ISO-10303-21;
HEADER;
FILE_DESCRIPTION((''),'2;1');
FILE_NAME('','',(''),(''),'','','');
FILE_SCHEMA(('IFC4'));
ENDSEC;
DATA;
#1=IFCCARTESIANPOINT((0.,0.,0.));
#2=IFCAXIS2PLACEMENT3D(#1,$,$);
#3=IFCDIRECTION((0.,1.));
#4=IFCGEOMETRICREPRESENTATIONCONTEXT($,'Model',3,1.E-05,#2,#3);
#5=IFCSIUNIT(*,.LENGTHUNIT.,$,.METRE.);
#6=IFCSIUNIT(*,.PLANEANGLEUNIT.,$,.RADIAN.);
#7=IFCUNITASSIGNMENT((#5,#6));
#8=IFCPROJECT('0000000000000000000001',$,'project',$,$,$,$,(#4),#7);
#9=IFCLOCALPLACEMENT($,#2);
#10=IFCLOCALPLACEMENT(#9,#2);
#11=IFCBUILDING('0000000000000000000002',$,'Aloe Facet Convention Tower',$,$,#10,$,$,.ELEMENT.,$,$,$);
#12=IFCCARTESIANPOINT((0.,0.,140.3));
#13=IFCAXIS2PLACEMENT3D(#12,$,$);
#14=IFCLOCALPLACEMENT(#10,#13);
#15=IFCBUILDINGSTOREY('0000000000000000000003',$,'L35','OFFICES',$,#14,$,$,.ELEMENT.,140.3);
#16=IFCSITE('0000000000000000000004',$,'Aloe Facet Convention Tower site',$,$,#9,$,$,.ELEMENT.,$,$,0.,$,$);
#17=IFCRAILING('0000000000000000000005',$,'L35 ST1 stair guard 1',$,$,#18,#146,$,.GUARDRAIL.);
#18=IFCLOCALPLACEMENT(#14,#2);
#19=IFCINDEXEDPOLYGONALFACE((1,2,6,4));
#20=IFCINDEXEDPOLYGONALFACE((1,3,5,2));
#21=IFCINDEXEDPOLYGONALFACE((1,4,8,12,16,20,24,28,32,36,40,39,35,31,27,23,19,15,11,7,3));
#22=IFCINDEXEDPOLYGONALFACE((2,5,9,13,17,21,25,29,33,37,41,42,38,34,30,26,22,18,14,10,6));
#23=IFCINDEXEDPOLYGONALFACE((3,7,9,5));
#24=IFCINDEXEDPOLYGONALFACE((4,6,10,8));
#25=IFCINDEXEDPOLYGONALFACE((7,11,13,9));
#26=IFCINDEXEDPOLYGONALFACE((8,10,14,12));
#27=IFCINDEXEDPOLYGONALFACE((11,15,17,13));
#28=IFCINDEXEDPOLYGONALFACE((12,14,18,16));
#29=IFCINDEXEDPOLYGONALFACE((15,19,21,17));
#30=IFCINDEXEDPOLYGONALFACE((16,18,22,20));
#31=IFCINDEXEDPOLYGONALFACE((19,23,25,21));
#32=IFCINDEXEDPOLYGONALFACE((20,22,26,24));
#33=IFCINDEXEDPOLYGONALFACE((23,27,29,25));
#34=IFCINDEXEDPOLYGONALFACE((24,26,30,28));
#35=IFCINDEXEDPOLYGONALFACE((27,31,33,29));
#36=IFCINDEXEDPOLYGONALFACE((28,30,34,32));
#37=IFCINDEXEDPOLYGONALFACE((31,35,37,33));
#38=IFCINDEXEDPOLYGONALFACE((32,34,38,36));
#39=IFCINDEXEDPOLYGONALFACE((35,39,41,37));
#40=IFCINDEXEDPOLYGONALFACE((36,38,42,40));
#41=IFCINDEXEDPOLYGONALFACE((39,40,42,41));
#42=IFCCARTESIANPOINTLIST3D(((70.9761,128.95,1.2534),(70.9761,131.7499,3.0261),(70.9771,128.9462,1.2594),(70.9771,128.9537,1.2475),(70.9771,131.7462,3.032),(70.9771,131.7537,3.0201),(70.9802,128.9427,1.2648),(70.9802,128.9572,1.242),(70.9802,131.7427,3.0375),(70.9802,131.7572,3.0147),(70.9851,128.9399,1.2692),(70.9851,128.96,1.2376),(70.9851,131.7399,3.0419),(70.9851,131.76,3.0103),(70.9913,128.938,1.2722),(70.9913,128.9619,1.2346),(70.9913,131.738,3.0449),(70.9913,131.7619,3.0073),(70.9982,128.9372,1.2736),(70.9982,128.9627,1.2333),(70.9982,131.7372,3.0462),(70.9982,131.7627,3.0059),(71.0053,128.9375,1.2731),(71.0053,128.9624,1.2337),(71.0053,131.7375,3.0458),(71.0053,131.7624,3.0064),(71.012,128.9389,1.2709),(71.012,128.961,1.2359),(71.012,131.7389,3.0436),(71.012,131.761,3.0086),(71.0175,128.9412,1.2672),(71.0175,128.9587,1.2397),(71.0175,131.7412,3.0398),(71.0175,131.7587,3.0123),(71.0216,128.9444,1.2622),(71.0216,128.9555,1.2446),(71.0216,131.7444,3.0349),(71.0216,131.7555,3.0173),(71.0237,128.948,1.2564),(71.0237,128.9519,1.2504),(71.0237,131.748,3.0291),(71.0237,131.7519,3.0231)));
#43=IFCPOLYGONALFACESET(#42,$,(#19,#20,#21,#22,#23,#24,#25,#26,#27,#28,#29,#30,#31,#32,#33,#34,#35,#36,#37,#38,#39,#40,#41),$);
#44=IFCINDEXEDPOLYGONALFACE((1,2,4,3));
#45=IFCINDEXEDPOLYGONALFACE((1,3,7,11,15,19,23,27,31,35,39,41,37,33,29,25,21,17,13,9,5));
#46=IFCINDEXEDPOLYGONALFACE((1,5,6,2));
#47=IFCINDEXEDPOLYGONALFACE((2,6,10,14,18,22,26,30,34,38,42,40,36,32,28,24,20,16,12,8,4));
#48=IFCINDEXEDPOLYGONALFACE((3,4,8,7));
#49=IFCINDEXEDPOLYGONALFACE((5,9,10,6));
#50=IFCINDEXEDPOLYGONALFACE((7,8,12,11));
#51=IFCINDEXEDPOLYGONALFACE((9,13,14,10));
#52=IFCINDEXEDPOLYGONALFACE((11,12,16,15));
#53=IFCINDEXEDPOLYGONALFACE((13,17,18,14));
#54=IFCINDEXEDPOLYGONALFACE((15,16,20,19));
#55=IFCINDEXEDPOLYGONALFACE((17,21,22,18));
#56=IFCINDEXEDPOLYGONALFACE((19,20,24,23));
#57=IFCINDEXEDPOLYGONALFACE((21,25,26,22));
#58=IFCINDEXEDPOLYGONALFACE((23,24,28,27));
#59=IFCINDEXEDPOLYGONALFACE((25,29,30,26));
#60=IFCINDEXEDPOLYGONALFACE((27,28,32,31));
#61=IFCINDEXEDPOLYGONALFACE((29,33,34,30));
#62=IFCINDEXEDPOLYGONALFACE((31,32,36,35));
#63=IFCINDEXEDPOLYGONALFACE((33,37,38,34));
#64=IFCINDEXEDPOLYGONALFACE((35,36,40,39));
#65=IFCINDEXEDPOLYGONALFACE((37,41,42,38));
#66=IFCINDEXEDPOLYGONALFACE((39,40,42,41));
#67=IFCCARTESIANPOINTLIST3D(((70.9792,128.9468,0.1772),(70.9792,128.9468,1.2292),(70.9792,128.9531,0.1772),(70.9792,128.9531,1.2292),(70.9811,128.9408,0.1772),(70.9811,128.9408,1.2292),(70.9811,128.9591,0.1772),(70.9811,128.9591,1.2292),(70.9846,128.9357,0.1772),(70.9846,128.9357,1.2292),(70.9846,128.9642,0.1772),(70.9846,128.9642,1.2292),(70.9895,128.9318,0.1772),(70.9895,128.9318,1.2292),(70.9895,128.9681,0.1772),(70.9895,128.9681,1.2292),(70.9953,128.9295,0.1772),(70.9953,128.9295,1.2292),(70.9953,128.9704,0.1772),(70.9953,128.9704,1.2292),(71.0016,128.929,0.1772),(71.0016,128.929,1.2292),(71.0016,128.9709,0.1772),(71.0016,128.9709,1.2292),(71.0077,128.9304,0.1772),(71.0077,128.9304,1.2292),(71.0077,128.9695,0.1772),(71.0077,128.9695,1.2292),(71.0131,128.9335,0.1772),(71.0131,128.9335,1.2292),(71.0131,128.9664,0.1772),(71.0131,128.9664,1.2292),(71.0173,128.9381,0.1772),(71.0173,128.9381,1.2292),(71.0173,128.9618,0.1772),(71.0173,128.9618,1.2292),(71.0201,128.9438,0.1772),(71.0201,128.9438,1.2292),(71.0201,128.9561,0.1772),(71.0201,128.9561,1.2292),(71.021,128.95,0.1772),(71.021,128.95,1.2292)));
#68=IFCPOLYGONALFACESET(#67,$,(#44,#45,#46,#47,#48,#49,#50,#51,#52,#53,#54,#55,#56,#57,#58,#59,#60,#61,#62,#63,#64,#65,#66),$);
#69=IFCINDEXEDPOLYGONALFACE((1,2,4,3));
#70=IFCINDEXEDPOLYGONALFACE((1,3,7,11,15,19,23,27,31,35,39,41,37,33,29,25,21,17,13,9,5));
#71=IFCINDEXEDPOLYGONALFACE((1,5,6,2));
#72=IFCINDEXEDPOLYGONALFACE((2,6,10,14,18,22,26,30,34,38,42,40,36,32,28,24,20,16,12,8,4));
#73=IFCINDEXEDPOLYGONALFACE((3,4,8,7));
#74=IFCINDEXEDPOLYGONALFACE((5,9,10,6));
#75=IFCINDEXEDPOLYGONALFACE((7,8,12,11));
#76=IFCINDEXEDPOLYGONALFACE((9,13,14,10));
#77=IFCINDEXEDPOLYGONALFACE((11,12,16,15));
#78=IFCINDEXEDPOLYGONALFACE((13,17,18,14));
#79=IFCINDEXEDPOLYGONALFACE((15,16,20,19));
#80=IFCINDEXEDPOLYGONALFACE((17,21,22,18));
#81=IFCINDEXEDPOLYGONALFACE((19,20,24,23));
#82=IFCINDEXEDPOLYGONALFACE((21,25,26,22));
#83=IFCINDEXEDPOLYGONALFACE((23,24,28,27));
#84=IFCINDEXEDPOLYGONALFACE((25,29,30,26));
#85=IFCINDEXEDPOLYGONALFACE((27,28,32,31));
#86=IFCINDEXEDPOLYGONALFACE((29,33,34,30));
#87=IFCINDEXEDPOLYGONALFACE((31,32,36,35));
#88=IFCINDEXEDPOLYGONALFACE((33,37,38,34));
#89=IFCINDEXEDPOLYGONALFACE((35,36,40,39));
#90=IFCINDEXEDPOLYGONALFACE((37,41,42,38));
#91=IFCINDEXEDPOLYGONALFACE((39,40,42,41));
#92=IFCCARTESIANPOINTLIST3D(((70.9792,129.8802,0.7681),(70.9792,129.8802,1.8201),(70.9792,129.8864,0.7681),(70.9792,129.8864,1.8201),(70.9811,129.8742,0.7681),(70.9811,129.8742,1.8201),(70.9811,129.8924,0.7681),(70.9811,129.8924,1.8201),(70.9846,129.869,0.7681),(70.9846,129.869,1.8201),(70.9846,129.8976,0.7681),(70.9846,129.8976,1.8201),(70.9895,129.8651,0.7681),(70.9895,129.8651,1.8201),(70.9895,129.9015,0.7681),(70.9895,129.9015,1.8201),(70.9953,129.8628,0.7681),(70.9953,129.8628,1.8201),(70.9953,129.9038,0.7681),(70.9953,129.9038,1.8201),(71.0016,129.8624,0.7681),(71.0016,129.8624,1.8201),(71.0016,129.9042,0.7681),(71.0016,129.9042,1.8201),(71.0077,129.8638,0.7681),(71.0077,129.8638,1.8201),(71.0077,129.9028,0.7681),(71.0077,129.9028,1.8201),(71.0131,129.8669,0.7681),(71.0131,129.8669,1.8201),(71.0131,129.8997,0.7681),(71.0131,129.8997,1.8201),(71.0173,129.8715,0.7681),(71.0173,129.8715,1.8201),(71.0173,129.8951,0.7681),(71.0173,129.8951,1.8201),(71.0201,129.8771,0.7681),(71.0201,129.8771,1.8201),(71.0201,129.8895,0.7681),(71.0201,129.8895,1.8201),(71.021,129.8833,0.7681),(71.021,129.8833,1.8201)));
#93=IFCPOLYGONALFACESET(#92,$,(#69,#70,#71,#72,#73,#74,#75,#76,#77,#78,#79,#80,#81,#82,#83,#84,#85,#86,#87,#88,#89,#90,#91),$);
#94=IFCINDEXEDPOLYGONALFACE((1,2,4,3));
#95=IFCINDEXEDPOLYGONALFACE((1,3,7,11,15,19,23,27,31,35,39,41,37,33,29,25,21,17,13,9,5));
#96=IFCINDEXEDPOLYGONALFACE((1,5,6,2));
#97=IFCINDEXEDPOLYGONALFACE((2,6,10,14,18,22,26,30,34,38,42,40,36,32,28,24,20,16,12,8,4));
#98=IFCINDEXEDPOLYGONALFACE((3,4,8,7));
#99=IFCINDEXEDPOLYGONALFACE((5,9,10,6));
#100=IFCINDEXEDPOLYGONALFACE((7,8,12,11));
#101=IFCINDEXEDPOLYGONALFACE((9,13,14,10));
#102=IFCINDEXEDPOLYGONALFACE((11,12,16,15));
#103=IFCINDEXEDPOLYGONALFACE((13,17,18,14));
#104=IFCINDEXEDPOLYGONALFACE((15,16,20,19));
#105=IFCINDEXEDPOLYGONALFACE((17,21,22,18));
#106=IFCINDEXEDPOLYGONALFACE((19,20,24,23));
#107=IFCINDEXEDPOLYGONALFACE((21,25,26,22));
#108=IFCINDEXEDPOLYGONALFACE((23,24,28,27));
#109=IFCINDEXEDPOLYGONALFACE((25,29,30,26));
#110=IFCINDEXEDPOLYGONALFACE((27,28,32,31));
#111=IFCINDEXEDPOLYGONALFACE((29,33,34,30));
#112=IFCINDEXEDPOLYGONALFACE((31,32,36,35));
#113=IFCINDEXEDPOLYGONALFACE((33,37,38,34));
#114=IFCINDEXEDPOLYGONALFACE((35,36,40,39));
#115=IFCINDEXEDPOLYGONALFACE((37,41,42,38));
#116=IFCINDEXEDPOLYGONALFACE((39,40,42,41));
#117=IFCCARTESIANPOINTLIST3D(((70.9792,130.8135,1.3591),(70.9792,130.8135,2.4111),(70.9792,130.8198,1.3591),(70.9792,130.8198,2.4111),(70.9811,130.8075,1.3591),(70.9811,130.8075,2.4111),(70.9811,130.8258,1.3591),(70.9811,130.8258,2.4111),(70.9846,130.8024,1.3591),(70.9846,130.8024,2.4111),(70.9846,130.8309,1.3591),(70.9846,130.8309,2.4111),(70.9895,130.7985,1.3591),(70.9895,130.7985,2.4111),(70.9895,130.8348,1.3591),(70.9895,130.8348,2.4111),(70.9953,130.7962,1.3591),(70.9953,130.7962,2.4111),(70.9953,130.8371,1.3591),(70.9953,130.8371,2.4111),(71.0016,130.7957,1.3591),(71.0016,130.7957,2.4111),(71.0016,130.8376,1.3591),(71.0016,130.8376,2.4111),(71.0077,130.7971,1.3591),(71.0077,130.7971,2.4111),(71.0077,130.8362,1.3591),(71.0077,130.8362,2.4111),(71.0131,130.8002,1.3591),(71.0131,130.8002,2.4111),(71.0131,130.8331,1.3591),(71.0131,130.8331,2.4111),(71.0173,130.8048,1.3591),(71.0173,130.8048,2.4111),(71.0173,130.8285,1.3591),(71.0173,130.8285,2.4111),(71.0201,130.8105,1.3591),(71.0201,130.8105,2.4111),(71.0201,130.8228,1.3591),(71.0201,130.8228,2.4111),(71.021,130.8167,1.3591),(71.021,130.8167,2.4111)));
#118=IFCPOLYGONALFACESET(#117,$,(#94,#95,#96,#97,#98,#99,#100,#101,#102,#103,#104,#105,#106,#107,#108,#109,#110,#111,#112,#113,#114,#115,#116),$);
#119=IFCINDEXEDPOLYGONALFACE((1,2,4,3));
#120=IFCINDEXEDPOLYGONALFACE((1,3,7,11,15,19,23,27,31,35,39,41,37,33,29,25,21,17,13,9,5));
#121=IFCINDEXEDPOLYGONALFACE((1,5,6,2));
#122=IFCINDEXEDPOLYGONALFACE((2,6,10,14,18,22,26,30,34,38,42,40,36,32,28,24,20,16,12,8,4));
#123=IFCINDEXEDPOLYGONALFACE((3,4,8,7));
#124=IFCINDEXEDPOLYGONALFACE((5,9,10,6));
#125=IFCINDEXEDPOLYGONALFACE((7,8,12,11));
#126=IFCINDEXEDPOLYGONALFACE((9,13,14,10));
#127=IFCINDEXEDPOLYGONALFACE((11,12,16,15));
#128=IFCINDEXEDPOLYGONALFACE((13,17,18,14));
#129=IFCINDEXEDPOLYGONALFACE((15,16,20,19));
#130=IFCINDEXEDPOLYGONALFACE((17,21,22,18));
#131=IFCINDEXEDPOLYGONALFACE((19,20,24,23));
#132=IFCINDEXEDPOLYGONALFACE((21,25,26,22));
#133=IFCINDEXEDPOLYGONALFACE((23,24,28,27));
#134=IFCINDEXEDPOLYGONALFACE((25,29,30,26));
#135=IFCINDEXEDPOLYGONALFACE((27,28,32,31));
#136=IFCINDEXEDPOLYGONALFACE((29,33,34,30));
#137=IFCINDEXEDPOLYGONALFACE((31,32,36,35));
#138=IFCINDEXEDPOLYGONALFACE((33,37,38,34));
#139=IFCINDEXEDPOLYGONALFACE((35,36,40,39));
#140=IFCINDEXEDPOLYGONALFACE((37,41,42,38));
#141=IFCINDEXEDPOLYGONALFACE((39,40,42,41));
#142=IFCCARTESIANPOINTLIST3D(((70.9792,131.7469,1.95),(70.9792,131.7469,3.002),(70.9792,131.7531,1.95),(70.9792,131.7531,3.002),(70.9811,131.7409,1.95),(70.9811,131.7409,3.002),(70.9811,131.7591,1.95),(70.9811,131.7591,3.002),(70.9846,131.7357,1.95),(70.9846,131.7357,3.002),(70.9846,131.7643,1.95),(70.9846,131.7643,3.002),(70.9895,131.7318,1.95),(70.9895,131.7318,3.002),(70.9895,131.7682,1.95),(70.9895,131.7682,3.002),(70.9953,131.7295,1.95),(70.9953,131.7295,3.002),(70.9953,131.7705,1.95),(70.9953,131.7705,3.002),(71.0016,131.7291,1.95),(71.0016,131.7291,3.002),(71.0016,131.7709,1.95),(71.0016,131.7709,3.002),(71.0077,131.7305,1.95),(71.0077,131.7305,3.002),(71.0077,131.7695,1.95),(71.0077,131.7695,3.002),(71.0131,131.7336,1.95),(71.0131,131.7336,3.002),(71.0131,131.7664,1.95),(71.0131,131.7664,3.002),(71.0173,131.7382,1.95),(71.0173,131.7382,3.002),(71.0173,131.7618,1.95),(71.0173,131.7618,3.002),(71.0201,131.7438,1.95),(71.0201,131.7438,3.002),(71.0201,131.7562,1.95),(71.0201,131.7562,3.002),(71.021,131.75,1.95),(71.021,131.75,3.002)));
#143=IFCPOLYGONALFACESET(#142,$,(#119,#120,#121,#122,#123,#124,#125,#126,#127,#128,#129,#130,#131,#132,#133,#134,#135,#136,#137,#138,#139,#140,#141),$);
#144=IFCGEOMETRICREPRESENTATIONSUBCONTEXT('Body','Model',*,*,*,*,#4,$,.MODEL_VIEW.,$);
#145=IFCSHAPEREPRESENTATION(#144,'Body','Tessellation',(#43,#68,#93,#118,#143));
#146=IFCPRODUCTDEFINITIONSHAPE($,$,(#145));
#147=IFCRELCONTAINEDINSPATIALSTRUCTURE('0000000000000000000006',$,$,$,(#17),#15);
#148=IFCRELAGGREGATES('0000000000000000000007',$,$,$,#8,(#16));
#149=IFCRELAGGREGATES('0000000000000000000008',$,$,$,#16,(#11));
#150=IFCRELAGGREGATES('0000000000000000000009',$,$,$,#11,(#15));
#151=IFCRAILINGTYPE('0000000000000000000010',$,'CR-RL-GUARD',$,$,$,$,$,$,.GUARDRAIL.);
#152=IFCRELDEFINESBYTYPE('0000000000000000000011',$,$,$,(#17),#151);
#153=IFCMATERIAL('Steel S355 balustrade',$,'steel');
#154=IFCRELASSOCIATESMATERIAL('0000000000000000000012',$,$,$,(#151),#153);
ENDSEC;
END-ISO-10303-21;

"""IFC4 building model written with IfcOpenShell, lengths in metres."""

from ifc_helpers import new_model, si_unit, direction, frame, origin, origin_2d, place, context, subcontext, project, spatial, circle, extrude, material, type_object, element, save


model = new_model("IFC4")

# Units and contexts
model_context = context("Model", 3, precision=1e-05, world=origin(), true_north=direction((0.0, 1.0)))
body_context = subcontext(model_context, "Body", "Model", "MODEL_VIEW")
ifc_project = project(units=[si_unit("LENGTHUNIT", "METRE"), si_unit("PLANEANGLEUNIT", "RADIAN")], contexts=[model_context])

# Site, building, storey
site_placement = place(None, origin())
site = spatial("IfcSite", under=ifc_project, at=site_placement, Name="Aloe Facet Convention Tower site", CompositionType="ELEMENT", RefElevation=0.0)
building_placement = place(site_placement, origin())
building = spatial("IfcBuilding", under=site, at=building_placement, Name="Aloe Facet Convention Tower", CompositionType="ELEMENT")
storey_placement = place(building_placement, frame((0.0, 0.0, 140.3)))
storey = spatial("IfcBuildingStorey", under=building, at=storey_placement, Name="L35", Description="OFFICES", CompositionType="ELEMENT", Elevation=140.3)

# Railing
ifc_material_1 = material(Name="Steel S355 balustrade", Category="steel")
railing_type_1 = type_object("IfcRailingType", Name="CR-RL-GUARD", PredefinedType="GUARDRAIL", material=ifc_material_1)
railing_1_placement = place(storey_placement, frame((71.0, 128.95, 0.1772)))
element("IfcRailing", 1, at=railing_1_placement, inside=storey, type_object=railing_type_1, Name="L35 ST1 stair guard 1", PredefinedType="GUARDRAIL", context=body_context, shape_type="SweptSolid", body=[
    extrude(circle(Radius=0.0239, at=origin_2d()), frame((0.0, 0.0, 1.0762), z_axis=(0.0, 0.844909, 0.53491), x_axis=(-1.0, 0.0, 0.0)), (0.0, 0.0, 1.0), 3.314),
    extrude(circle(Radius=0.021, at=origin_2d()), origin(), (0.0, 0.0, 1.0), 1.052),
    extrude(circle(Radius=0.021, at=origin_2d()), frame((0.0, 0.9333, 0.5908)), (0.0, 0.0, 1.0), 1.052),
    extrude(circle(Radius=0.021, at=origin_2d()), frame((0.0, 1.8667, 1.1819)), (0.0, 0.0, 1.0), 1.052),
    extrude(circle(Radius=0.021, at=origin_2d()), frame((0.0, 2.8, 1.7727)), (0.0, 0.0, 1.0), 1.052),
])

save(model, "model.ifc")
